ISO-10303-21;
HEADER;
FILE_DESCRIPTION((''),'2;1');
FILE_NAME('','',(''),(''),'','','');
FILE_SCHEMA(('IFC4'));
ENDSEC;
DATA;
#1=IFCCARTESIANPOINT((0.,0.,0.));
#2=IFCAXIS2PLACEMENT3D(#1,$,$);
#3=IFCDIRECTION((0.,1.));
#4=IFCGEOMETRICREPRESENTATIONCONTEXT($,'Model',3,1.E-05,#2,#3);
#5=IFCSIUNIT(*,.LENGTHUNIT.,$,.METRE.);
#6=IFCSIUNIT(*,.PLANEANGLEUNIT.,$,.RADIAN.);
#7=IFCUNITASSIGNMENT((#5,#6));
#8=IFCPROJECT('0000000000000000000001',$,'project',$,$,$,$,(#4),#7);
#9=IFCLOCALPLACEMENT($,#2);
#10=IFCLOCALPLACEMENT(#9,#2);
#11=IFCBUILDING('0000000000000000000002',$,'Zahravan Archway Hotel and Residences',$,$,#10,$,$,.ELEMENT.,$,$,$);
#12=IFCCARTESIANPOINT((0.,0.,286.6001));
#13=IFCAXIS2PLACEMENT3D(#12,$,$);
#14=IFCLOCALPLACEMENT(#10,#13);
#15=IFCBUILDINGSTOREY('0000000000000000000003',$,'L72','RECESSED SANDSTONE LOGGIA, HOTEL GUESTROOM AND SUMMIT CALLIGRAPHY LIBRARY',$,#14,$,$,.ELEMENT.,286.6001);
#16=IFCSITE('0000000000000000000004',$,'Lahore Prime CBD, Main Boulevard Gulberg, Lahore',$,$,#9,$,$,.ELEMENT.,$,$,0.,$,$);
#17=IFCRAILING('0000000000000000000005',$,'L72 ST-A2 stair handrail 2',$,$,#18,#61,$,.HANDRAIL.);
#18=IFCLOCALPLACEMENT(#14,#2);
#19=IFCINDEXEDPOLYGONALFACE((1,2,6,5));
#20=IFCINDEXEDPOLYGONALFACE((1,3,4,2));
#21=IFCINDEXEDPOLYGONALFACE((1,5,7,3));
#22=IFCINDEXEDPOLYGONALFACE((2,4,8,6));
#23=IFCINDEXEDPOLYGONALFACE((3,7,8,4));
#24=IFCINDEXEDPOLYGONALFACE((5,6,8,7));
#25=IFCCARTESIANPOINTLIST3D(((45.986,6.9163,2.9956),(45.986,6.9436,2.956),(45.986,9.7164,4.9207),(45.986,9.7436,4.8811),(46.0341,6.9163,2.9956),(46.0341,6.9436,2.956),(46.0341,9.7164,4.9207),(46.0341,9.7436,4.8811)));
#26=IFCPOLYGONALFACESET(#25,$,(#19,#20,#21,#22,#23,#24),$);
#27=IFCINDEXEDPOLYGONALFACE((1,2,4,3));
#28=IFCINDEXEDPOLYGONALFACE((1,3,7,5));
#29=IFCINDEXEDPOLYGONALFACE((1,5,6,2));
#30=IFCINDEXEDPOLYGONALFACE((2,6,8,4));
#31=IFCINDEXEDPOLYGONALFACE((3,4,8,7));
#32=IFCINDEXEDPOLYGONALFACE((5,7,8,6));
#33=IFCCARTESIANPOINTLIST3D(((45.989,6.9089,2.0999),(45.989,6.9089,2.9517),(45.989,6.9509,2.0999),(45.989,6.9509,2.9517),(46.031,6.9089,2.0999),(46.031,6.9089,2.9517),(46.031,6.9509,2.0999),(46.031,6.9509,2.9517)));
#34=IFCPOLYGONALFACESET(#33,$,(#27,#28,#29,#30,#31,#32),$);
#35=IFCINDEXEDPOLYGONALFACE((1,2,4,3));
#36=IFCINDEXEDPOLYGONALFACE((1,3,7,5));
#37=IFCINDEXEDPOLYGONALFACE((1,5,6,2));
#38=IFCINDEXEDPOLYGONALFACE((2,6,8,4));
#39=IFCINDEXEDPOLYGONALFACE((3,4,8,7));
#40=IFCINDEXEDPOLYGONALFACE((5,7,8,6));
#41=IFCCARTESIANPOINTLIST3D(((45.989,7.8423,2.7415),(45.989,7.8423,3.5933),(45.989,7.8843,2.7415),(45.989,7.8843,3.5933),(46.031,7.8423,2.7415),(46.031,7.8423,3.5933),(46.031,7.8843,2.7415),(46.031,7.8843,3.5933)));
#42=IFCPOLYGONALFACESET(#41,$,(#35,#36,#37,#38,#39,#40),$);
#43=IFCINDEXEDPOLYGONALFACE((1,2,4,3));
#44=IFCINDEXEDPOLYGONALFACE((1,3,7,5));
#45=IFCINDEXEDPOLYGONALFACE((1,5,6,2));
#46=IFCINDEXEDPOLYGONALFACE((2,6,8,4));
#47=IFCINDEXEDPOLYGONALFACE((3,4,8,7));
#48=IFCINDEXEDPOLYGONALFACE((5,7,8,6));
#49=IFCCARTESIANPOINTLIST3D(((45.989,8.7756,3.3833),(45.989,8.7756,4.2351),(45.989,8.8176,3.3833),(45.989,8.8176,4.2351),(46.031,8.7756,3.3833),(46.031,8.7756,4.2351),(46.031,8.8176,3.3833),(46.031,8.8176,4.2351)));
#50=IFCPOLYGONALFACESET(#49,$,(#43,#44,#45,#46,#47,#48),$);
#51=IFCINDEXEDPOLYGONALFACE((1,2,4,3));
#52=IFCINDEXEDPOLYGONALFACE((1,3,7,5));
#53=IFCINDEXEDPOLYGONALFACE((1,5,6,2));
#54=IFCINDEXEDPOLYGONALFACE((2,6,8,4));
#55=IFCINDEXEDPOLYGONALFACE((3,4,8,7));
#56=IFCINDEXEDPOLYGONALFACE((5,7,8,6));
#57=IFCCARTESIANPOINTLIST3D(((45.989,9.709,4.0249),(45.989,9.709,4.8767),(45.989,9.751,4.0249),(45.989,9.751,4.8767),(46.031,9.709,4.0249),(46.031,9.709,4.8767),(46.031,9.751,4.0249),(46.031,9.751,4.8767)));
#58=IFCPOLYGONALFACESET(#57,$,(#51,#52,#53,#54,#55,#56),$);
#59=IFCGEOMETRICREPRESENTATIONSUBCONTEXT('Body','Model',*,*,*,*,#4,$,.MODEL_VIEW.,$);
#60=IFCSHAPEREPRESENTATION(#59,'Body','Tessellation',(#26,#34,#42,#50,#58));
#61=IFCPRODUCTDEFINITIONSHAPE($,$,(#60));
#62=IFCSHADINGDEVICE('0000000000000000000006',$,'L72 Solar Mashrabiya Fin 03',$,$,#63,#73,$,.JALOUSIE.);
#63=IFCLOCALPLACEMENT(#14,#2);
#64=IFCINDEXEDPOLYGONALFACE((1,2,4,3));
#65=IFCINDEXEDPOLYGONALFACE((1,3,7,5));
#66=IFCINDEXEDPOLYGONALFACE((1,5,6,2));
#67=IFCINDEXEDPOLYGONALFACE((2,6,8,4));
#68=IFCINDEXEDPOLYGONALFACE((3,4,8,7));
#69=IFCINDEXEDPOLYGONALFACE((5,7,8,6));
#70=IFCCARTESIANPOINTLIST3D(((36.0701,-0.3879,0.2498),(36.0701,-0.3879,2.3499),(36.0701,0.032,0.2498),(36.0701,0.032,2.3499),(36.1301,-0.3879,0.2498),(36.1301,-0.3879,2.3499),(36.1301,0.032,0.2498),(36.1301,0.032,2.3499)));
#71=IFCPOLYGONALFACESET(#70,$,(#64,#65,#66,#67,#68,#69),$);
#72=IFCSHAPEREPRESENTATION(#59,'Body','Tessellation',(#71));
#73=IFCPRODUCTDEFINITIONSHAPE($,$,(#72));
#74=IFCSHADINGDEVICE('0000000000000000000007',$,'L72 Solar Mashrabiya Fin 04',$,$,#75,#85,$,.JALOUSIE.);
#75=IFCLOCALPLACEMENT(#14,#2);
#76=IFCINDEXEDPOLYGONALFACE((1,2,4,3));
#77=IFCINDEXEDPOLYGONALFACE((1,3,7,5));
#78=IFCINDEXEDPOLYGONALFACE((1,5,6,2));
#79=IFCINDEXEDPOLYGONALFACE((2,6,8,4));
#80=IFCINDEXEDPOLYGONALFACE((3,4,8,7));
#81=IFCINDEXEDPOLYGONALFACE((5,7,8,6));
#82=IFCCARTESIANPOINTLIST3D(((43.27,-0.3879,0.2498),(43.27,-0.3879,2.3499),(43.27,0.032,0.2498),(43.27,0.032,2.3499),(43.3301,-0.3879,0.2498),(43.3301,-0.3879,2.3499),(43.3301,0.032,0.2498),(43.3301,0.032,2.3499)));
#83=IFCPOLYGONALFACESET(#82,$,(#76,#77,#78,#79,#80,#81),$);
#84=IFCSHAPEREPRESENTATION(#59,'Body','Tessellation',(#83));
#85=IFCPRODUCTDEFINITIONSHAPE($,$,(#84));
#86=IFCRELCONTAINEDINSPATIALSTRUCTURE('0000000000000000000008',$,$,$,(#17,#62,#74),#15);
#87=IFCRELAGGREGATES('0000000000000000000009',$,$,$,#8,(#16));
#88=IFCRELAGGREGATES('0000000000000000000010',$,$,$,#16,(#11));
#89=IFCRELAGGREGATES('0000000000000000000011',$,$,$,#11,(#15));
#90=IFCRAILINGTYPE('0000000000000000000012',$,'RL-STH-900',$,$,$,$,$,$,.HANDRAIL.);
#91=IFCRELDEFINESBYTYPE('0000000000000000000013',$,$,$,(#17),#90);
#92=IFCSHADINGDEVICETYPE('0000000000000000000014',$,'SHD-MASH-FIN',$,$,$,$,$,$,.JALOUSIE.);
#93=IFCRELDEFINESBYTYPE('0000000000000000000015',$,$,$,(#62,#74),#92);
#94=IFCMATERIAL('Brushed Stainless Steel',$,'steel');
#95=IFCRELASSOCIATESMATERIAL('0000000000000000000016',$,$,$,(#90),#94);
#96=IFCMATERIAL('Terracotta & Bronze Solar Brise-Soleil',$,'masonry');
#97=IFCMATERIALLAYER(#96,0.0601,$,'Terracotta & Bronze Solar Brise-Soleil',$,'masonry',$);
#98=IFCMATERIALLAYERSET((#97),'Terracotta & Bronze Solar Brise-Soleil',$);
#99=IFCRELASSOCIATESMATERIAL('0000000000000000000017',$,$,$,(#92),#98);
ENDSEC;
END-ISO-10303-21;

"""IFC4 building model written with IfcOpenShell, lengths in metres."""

from ifc_helpers import new_model, si_unit, direction, frame, origin, origin_2d, place, context, subcontext, project, spatial, rectangle, extrude, source, transform, mapped, material, layer, layer_set, type_object, type_shapes, element, save


model = new_model("IFC4")

# Units and contexts
model_context = context("Model", 3, precision=1e-05, world=origin(), true_north=direction((0.0, 1.0)))
body_context = subcontext(model_context, "Body", "Model", "MODEL_VIEW")
ifc_project = project(units=[si_unit("LENGTHUNIT", "METRE"), si_unit("PLANEANGLEUNIT", "RADIAN")], contexts=[model_context])

# Site, building, storey
site_placement = place(None, origin())
site = spatial("IfcSite", under=ifc_project, at=site_placement, Name="Lahore Prime CBD, Main Boulevard Gulberg, Lahore", CompositionType="ELEMENT", RefElevation=0.0)
building_placement = place(site_placement, origin())
building = spatial("IfcBuilding", under=site, at=building_placement, Name="Zahravan Archway Hotel and Residences", CompositionType="ELEMENT")
storey_placement = place(building_placement, frame((0.0, 0.0, 286.6001)))
storey = spatial("IfcBuildingStorey", under=building, at=storey_placement, Name="L72", Description="RECESSED SANDSTONE LOGGIA, HOTEL GUESTROOM AND SUMMIT CALLIGRAPHY LIBRARY", CompositionType="ELEMENT", Elevation=286.6001)

# Railing
ifc_material_1 = material(Name="Brushed Stainless Steel", Category="steel")
railing_type_1 = type_object("IfcRailingType", Name="RL-STH-900", PredefinedType="HANDRAIL", material=ifc_material_1)
for number, where, name in (
    (1, (46.01, 6.9299, 2.0999), "L72 ST-A2 stair handrail 2"),
):
    element("IfcRailing", number, at=place(storey_placement, frame(where)), inside=storey, type_object=railing_type_1, Name=name, PredefinedType="HANDRAIL", context=body_context, shape_type="SweptSolid", body=[
        extrude(rectangle(XDim=0.0481, YDim=0.0481, at=origin_2d()), frame((0.0, 0.0, 0.876), z_axis=(0.0, 0.82404, 0.566532), x_axis=(-1.0, 0.0, 0.0)), (0.0, 0.0, 1.0), 3.3979),
        extrude(rectangle(XDim=0.042, YDim=0.042, at=origin_2d()), origin(), (0.0, 0.0, 1.0), 0.8518),
        extrude(rectangle(XDim=0.042, YDim=0.042, at=origin_2d()), frame((0.0, 0.9333, 0.6416)), (0.0, 0.0, 1.0), 0.8518),
        extrude(rectangle(XDim=0.042, YDim=0.042, at=origin_2d()), frame((0.0, 1.8667, 1.2834)), (0.0, 0.0, 1.0), 0.8518),
        extrude(rectangle(XDim=0.042, YDim=0.042, at=origin_2d()), frame((0.0, 2.8, 1.925)), (0.0, 0.0, 1.0), 0.8518),
    ])

# Shading devices
ifc_material_2 = material(Name="Terracotta & Bronze Solar Brise-Soleil", Category="masonry")
ifc_layer_1 = layer(ifc_material_2, 0.0601, Name="Terracotta & Bronze Solar Brise-Soleil", Category="masonry")
ifc_layer_set_1 = layer_set([ifc_layer_1], Name="Terracotta & Bronze Solar Brise-Soleil")
shading_device_type = type_object("IfcShadingDeviceType", Name="SHD-MASH-FIN", PredefinedType="JALOUSIE", material=ifc_layer_set_1)
shared_shape_1 = source(origin(), body_context, "Body", "SweptSolid", [
    extrude(rectangle(XDim=0.0601, YDim=0.4199, at=origin_2d()), origin(), (0.0, 0.0, 1.0), 2.1001),
])
type_shapes(shading_device_type, [shared_shape_1])
for number, where, z_axis, x_axis, name in (
    (2, (36.1001, -0.178, 0.2498), (0.0, 0.0, 1.0), (1.0, 0.0, 0.0), "L72 Solar Mashrabiya Fin 03"),
    (3, (43.3, -0.178, 0.2498), (0.0, 0.0, 1.0), (1.0, 0.0, 0.0), "L72 Solar Mashrabiya Fin 04"),
):
    element("IfcShadingDevice", number, at=place(storey_placement, frame(where, z_axis=z_axis, x_axis=x_axis)), inside=storey, type_object=shading_device_type, Name=name, PredefinedType="JALOUSIE", context=body_context, shape_type="MappedRepresentation", body=[
        mapped(shared_shape_1, transform((0.0, 0.0, 0.0), scale=1.0)),
    ])

save(model, "model.ifc")
